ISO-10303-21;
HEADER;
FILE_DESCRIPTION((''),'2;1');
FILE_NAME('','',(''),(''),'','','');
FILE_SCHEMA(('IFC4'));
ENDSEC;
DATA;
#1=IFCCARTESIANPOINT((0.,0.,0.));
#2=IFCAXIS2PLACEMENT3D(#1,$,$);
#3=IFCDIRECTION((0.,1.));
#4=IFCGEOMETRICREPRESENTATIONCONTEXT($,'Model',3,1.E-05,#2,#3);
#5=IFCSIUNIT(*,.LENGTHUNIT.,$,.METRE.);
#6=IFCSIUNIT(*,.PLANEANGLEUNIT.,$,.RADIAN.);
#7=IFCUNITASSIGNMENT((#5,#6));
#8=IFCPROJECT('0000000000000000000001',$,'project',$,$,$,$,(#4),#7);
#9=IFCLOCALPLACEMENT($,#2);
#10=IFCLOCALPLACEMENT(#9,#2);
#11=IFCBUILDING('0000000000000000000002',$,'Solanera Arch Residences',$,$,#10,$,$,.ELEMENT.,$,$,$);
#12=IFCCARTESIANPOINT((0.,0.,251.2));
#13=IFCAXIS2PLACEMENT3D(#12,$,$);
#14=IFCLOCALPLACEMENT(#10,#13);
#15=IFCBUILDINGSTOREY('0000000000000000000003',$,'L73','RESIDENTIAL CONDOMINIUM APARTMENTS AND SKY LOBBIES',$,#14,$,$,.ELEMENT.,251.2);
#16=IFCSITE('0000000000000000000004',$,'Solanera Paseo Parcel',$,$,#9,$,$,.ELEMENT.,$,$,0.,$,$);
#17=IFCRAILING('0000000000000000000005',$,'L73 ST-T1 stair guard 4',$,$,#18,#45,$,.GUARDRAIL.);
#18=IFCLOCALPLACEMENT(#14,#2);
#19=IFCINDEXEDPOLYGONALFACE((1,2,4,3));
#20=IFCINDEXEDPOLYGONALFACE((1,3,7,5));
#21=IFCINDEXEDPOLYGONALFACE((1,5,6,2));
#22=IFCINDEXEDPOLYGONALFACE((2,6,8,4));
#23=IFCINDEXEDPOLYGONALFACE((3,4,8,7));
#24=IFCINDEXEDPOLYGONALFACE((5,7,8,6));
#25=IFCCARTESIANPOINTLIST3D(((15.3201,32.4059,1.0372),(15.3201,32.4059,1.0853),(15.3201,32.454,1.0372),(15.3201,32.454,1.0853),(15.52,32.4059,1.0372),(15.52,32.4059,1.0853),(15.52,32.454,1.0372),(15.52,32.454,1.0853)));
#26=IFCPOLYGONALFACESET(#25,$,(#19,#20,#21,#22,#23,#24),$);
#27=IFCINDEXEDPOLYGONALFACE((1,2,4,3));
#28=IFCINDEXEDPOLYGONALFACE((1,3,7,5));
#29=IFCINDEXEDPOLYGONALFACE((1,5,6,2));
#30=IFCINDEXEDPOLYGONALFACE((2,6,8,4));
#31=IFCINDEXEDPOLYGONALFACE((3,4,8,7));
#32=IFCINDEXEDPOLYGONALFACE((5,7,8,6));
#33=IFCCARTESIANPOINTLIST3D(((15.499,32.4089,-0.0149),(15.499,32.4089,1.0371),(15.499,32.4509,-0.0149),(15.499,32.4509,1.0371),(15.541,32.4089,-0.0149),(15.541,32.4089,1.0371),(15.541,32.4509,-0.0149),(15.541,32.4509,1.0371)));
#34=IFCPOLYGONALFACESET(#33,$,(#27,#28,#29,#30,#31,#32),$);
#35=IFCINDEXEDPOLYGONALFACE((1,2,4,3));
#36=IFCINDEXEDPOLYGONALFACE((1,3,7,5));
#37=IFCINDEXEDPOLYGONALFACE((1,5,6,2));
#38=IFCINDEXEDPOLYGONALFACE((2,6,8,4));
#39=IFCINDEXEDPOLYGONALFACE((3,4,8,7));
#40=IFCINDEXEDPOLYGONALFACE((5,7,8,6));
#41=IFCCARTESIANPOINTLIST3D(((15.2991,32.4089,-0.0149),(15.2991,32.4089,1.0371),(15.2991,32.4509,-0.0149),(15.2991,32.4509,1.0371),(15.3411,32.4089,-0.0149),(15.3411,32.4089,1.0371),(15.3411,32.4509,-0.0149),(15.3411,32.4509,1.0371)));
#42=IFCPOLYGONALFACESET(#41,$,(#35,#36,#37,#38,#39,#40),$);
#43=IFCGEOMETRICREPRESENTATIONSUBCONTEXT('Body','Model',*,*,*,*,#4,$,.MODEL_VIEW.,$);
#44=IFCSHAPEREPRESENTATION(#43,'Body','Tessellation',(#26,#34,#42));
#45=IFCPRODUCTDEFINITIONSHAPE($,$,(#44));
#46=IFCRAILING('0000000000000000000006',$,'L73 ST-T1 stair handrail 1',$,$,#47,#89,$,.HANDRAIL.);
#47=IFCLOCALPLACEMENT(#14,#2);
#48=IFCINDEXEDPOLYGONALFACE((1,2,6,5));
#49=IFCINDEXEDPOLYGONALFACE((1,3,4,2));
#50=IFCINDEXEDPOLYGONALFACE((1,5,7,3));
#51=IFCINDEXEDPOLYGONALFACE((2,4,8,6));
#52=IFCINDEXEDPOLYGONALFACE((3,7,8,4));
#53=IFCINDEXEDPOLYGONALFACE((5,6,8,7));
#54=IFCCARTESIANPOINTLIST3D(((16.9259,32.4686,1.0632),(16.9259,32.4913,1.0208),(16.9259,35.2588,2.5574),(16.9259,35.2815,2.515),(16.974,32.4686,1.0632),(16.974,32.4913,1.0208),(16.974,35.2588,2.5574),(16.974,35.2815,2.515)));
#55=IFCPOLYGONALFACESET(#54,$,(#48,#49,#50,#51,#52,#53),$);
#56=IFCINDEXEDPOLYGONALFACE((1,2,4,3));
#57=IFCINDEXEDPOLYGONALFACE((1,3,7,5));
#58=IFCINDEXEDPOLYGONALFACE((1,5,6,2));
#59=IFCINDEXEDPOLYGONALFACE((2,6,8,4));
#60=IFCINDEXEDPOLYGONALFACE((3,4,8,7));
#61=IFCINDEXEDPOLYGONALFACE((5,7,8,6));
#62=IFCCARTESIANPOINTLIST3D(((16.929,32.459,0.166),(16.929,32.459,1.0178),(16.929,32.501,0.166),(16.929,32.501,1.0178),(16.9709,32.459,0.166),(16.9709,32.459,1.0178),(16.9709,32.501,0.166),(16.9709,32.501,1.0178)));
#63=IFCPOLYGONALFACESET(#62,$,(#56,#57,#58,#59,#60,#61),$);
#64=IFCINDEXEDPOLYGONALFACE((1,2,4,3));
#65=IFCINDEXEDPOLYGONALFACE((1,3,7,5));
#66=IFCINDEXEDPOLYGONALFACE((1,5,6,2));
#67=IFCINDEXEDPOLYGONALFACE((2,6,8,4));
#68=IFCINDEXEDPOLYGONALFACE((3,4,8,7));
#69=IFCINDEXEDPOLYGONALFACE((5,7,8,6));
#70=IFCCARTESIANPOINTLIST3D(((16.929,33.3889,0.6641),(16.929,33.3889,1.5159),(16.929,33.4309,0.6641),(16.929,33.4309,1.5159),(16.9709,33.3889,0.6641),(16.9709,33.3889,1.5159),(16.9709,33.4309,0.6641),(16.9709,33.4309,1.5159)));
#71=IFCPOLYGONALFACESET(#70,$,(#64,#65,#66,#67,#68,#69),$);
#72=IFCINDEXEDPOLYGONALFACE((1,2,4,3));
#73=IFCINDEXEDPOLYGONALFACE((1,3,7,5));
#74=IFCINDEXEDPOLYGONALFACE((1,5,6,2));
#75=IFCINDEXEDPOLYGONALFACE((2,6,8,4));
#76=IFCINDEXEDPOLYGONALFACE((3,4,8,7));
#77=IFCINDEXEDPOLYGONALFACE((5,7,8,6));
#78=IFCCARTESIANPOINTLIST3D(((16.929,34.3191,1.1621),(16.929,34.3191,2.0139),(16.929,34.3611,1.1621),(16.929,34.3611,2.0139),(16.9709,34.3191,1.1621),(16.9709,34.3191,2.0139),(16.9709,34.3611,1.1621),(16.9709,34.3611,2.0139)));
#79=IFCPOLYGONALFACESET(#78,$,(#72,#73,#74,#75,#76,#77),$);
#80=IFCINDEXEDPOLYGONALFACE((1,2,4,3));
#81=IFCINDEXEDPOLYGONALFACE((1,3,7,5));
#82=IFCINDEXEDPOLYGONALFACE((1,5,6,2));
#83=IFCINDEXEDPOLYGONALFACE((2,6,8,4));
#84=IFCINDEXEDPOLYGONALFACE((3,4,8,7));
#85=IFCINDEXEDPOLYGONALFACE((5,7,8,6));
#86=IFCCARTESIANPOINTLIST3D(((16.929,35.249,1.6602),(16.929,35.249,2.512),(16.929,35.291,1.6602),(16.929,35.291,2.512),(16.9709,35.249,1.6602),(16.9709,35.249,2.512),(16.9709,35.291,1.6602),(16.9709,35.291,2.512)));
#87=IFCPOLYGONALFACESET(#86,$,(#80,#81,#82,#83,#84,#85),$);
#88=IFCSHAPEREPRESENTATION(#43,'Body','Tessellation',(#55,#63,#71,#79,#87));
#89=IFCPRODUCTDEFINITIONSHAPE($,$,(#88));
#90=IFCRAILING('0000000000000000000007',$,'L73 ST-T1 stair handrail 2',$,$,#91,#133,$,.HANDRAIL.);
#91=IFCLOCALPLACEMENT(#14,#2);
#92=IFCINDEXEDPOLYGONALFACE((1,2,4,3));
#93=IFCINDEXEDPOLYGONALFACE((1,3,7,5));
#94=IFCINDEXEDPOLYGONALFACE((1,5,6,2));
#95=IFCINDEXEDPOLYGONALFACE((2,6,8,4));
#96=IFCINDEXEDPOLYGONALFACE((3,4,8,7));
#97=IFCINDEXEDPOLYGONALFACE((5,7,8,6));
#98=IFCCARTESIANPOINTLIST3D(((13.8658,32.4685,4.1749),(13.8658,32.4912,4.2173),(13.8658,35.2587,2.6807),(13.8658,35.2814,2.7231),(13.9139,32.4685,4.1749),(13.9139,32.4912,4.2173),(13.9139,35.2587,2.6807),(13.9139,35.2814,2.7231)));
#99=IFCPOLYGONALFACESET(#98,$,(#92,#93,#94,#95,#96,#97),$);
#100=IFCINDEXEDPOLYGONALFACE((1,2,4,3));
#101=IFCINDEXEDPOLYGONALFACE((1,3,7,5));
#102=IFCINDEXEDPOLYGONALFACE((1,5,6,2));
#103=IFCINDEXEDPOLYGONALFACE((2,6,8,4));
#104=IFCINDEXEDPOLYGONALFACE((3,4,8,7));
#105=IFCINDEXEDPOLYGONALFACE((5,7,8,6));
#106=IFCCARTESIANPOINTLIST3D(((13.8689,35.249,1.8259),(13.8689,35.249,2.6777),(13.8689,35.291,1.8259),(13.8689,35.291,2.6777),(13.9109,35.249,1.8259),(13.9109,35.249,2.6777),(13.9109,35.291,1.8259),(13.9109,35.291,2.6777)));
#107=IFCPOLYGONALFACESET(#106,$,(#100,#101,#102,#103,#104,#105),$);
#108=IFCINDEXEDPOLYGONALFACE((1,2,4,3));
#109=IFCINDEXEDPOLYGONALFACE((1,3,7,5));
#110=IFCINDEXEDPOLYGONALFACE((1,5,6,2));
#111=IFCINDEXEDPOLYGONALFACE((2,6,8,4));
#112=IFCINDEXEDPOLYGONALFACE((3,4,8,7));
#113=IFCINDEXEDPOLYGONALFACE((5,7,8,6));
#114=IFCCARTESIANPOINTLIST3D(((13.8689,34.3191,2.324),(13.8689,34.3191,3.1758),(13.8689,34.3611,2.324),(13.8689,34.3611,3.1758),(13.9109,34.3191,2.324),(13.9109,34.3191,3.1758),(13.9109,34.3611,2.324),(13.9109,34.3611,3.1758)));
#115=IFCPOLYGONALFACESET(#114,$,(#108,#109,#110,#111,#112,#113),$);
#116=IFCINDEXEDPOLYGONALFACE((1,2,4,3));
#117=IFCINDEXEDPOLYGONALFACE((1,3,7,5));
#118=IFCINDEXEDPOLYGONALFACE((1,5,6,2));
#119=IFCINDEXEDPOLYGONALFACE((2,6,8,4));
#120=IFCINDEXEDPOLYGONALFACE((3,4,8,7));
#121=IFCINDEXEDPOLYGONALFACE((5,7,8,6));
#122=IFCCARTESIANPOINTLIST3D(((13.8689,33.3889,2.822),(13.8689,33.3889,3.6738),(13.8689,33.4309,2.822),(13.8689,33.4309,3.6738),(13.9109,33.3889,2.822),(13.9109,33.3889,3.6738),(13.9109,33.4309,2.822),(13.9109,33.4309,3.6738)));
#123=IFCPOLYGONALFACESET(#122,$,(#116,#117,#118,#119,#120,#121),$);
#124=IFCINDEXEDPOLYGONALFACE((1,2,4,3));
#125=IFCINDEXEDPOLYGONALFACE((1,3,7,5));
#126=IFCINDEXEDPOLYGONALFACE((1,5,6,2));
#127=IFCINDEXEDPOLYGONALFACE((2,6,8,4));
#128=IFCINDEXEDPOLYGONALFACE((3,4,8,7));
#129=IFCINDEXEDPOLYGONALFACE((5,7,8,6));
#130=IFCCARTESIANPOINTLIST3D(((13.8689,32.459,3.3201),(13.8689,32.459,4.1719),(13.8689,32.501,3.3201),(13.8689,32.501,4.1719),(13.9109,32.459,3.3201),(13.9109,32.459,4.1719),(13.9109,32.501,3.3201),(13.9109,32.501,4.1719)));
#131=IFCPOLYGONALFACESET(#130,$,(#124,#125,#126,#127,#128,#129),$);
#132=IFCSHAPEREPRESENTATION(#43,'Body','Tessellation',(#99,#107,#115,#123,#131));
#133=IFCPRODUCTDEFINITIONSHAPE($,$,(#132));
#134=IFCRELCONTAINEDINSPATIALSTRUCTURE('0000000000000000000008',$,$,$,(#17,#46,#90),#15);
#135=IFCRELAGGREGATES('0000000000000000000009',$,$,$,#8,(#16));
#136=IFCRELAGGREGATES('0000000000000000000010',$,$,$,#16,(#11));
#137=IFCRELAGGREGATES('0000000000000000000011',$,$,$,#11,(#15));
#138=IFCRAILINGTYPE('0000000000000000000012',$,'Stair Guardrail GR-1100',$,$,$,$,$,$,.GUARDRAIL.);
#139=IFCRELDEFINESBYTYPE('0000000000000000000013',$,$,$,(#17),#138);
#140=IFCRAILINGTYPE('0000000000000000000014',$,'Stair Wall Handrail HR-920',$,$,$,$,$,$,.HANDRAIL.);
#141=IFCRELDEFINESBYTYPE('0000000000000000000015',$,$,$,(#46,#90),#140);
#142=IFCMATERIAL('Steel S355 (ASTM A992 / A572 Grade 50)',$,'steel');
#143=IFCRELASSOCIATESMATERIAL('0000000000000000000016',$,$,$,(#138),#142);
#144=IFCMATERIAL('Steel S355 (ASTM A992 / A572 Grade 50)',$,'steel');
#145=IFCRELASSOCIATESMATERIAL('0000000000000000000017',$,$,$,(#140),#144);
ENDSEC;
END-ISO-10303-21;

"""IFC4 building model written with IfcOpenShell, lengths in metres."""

from ifc_helpers import new_model, si_unit, direction, frame, origin, origin_2d, place, context, subcontext, project, spatial, rectangle, extrude, material, type_object, element, save


model = new_model("IFC4")

# Units and contexts
model_context = context("Model", 3, precision=1e-05, world=origin(), true_north=direction((0.0, 1.0)))
body_context = subcontext(model_context, "Body", "Model", "MODEL_VIEW")
ifc_project = project(units=[si_unit("LENGTHUNIT", "METRE"), si_unit("PLANEANGLEUNIT", "RADIAN")], contexts=[model_context])

# Site, building, storey
site_placement = place(None, origin())
site = spatial("IfcSite", under=ifc_project, at=site_placement, Name="Solanera Paseo Parcel", CompositionType="ELEMENT", RefElevation=0.0)
building_placement = place(site_placement, origin())
building = spatial("IfcBuilding", under=site, at=building_placement, Name="Solanera Arch Residences", CompositionType="ELEMENT")
storey_placement = place(building_placement, frame((0.0, 0.0, 251.2)))
storey = spatial("IfcBuildingStorey", under=building, at=storey_placement, Name="L73", Description="RESIDENTIAL CONDOMINIUM APARTMENTS AND SKY LOBBIES", CompositionType="ELEMENT", Elevation=251.2)

# Railings
ifc_material_1 = material(Name="Steel S355 (ASTM A992 / A572 Grade 50)", Category="steel")
railing_type_1 = type_object("IfcRailingType", Name="Stair Guardrail GR-1100", PredefinedType="GUARDRAIL", material=ifc_material_1)
railing_1_placement = place(storey_placement, frame((15.52, 32.4299, -0.0149)))
element("IfcRailing", 1, at=railing_1_placement, inside=storey, type_object=railing_type_1, Name="L73 ST-T1 stair guard 4", PredefinedType="GUARDRAIL", context=body_context, shape_type="SweptSolid", body=[
    extrude(rectangle(XDim=0.0481, YDim=0.0481, at=origin_2d()), frame((0.0, 0.0, 1.0762), z_axis=(-1.0, 0.0, 0.0), x_axis=(0.0, -1.0, 0.0)), (0.0, 0.0, 1.0), 0.2),
    extrude(rectangle(XDim=0.042, YDim=0.042, at=origin_2d()), origin(), (0.0, 0.0, 1.0), 1.052),
    extrude(rectangle(XDim=0.042, YDim=0.042, at=origin_2d()), frame((-0.2, 0.0, 0.0)), (0.0, 0.0, 1.0), 1.052),
])
ifc_material_2 = material(Name="Steel S355 (ASTM A992 / A572 Grade 50)", Category="steel")
railing_type_2 = type_object("IfcRailingType", Name="Stair Wall Handrail HR-920", PredefinedType="HANDRAIL", material=ifc_material_2)
railing_2_placement = place(storey_placement, frame((16.95, 32.48, 0.166)))
element("IfcRailing", 2, at=railing_2_placement, inside=storey, type_object=railing_type_2, Name="L73 ST-T1 stair handrail 1", PredefinedType="HANDRAIL", context=body_context, shape_type="SweptSolid", body=[
    extrude(rectangle(XDim=0.0481, YDim=0.0481, at=origin_2d()), frame((0.0, 0.0, 0.876), z_axis=(0.0, 0.881549, 0.472093), x_axis=(-1.0, 0.0, 0.0)), (0.0, 0.0, 1.0), 3.165),
    extrude(rectangle(XDim=0.042, YDim=0.042, at=origin_2d()), origin(), (0.0, 0.0, 1.0), 0.8518),
    extrude(rectangle(XDim=0.042, YDim=0.042, at=origin_2d()), frame((0.0, 0.9299, 0.498)), (0.0, 0.0, 1.0), 0.8518),
    extrude(rectangle(XDim=0.042, YDim=0.042, at=origin_2d()), frame((0.0, 1.8601, 0.9961)), (0.0, 0.0, 1.0), 0.8518),
    extrude(rectangle(XDim=0.042, YDim=0.042, at=origin_2d()), frame((0.0, 2.79, 1.4941)), (0.0, 0.0, 1.0), 0.8518),
])
railing_3_placement = place(storey_placement, frame((13.8899, 35.27, 1.8259)))
element("IfcRailing", 3, at=railing_3_placement, inside=storey, type_object=railing_type_2, Name="L73 ST-T1 stair handrail 2", PredefinedType="HANDRAIL", context=body_context, shape_type="SweptSolid", body=[
    extrude(rectangle(XDim=0.0481, YDim=0.0481, at=origin_2d()), frame((0.0, 0.0, 0.876), z_axis=(0.0, -0.881549, 0.472093), x_axis=(1.0, 0.0, 0.0)), (0.0, 0.0, 1.0), 3.165),
    extrude(rectangle(XDim=0.042, YDim=0.042, at=origin_2d()), origin(), (0.0, 0.0, 1.0), 0.8518),
    extrude(rectangle(XDim=0.042, YDim=0.042, at=origin_2d()), frame((0.0, -0.9299, 0.498)), (0.0, 0.0, 1.0), 0.8518),
    extrude(rectangle(XDim=0.042, YDim=0.042, at=origin_2d()), frame((0.0, -1.8601, 0.9961)), (0.0, 0.0, 1.0), 0.8518),
    extrude(rectangle(XDim=0.042, YDim=0.042, at=origin_2d()), frame((0.0, -2.79, 1.4941)), (0.0, 0.0, 1.0), 0.8518),
])

save(model, "model.ifc")
